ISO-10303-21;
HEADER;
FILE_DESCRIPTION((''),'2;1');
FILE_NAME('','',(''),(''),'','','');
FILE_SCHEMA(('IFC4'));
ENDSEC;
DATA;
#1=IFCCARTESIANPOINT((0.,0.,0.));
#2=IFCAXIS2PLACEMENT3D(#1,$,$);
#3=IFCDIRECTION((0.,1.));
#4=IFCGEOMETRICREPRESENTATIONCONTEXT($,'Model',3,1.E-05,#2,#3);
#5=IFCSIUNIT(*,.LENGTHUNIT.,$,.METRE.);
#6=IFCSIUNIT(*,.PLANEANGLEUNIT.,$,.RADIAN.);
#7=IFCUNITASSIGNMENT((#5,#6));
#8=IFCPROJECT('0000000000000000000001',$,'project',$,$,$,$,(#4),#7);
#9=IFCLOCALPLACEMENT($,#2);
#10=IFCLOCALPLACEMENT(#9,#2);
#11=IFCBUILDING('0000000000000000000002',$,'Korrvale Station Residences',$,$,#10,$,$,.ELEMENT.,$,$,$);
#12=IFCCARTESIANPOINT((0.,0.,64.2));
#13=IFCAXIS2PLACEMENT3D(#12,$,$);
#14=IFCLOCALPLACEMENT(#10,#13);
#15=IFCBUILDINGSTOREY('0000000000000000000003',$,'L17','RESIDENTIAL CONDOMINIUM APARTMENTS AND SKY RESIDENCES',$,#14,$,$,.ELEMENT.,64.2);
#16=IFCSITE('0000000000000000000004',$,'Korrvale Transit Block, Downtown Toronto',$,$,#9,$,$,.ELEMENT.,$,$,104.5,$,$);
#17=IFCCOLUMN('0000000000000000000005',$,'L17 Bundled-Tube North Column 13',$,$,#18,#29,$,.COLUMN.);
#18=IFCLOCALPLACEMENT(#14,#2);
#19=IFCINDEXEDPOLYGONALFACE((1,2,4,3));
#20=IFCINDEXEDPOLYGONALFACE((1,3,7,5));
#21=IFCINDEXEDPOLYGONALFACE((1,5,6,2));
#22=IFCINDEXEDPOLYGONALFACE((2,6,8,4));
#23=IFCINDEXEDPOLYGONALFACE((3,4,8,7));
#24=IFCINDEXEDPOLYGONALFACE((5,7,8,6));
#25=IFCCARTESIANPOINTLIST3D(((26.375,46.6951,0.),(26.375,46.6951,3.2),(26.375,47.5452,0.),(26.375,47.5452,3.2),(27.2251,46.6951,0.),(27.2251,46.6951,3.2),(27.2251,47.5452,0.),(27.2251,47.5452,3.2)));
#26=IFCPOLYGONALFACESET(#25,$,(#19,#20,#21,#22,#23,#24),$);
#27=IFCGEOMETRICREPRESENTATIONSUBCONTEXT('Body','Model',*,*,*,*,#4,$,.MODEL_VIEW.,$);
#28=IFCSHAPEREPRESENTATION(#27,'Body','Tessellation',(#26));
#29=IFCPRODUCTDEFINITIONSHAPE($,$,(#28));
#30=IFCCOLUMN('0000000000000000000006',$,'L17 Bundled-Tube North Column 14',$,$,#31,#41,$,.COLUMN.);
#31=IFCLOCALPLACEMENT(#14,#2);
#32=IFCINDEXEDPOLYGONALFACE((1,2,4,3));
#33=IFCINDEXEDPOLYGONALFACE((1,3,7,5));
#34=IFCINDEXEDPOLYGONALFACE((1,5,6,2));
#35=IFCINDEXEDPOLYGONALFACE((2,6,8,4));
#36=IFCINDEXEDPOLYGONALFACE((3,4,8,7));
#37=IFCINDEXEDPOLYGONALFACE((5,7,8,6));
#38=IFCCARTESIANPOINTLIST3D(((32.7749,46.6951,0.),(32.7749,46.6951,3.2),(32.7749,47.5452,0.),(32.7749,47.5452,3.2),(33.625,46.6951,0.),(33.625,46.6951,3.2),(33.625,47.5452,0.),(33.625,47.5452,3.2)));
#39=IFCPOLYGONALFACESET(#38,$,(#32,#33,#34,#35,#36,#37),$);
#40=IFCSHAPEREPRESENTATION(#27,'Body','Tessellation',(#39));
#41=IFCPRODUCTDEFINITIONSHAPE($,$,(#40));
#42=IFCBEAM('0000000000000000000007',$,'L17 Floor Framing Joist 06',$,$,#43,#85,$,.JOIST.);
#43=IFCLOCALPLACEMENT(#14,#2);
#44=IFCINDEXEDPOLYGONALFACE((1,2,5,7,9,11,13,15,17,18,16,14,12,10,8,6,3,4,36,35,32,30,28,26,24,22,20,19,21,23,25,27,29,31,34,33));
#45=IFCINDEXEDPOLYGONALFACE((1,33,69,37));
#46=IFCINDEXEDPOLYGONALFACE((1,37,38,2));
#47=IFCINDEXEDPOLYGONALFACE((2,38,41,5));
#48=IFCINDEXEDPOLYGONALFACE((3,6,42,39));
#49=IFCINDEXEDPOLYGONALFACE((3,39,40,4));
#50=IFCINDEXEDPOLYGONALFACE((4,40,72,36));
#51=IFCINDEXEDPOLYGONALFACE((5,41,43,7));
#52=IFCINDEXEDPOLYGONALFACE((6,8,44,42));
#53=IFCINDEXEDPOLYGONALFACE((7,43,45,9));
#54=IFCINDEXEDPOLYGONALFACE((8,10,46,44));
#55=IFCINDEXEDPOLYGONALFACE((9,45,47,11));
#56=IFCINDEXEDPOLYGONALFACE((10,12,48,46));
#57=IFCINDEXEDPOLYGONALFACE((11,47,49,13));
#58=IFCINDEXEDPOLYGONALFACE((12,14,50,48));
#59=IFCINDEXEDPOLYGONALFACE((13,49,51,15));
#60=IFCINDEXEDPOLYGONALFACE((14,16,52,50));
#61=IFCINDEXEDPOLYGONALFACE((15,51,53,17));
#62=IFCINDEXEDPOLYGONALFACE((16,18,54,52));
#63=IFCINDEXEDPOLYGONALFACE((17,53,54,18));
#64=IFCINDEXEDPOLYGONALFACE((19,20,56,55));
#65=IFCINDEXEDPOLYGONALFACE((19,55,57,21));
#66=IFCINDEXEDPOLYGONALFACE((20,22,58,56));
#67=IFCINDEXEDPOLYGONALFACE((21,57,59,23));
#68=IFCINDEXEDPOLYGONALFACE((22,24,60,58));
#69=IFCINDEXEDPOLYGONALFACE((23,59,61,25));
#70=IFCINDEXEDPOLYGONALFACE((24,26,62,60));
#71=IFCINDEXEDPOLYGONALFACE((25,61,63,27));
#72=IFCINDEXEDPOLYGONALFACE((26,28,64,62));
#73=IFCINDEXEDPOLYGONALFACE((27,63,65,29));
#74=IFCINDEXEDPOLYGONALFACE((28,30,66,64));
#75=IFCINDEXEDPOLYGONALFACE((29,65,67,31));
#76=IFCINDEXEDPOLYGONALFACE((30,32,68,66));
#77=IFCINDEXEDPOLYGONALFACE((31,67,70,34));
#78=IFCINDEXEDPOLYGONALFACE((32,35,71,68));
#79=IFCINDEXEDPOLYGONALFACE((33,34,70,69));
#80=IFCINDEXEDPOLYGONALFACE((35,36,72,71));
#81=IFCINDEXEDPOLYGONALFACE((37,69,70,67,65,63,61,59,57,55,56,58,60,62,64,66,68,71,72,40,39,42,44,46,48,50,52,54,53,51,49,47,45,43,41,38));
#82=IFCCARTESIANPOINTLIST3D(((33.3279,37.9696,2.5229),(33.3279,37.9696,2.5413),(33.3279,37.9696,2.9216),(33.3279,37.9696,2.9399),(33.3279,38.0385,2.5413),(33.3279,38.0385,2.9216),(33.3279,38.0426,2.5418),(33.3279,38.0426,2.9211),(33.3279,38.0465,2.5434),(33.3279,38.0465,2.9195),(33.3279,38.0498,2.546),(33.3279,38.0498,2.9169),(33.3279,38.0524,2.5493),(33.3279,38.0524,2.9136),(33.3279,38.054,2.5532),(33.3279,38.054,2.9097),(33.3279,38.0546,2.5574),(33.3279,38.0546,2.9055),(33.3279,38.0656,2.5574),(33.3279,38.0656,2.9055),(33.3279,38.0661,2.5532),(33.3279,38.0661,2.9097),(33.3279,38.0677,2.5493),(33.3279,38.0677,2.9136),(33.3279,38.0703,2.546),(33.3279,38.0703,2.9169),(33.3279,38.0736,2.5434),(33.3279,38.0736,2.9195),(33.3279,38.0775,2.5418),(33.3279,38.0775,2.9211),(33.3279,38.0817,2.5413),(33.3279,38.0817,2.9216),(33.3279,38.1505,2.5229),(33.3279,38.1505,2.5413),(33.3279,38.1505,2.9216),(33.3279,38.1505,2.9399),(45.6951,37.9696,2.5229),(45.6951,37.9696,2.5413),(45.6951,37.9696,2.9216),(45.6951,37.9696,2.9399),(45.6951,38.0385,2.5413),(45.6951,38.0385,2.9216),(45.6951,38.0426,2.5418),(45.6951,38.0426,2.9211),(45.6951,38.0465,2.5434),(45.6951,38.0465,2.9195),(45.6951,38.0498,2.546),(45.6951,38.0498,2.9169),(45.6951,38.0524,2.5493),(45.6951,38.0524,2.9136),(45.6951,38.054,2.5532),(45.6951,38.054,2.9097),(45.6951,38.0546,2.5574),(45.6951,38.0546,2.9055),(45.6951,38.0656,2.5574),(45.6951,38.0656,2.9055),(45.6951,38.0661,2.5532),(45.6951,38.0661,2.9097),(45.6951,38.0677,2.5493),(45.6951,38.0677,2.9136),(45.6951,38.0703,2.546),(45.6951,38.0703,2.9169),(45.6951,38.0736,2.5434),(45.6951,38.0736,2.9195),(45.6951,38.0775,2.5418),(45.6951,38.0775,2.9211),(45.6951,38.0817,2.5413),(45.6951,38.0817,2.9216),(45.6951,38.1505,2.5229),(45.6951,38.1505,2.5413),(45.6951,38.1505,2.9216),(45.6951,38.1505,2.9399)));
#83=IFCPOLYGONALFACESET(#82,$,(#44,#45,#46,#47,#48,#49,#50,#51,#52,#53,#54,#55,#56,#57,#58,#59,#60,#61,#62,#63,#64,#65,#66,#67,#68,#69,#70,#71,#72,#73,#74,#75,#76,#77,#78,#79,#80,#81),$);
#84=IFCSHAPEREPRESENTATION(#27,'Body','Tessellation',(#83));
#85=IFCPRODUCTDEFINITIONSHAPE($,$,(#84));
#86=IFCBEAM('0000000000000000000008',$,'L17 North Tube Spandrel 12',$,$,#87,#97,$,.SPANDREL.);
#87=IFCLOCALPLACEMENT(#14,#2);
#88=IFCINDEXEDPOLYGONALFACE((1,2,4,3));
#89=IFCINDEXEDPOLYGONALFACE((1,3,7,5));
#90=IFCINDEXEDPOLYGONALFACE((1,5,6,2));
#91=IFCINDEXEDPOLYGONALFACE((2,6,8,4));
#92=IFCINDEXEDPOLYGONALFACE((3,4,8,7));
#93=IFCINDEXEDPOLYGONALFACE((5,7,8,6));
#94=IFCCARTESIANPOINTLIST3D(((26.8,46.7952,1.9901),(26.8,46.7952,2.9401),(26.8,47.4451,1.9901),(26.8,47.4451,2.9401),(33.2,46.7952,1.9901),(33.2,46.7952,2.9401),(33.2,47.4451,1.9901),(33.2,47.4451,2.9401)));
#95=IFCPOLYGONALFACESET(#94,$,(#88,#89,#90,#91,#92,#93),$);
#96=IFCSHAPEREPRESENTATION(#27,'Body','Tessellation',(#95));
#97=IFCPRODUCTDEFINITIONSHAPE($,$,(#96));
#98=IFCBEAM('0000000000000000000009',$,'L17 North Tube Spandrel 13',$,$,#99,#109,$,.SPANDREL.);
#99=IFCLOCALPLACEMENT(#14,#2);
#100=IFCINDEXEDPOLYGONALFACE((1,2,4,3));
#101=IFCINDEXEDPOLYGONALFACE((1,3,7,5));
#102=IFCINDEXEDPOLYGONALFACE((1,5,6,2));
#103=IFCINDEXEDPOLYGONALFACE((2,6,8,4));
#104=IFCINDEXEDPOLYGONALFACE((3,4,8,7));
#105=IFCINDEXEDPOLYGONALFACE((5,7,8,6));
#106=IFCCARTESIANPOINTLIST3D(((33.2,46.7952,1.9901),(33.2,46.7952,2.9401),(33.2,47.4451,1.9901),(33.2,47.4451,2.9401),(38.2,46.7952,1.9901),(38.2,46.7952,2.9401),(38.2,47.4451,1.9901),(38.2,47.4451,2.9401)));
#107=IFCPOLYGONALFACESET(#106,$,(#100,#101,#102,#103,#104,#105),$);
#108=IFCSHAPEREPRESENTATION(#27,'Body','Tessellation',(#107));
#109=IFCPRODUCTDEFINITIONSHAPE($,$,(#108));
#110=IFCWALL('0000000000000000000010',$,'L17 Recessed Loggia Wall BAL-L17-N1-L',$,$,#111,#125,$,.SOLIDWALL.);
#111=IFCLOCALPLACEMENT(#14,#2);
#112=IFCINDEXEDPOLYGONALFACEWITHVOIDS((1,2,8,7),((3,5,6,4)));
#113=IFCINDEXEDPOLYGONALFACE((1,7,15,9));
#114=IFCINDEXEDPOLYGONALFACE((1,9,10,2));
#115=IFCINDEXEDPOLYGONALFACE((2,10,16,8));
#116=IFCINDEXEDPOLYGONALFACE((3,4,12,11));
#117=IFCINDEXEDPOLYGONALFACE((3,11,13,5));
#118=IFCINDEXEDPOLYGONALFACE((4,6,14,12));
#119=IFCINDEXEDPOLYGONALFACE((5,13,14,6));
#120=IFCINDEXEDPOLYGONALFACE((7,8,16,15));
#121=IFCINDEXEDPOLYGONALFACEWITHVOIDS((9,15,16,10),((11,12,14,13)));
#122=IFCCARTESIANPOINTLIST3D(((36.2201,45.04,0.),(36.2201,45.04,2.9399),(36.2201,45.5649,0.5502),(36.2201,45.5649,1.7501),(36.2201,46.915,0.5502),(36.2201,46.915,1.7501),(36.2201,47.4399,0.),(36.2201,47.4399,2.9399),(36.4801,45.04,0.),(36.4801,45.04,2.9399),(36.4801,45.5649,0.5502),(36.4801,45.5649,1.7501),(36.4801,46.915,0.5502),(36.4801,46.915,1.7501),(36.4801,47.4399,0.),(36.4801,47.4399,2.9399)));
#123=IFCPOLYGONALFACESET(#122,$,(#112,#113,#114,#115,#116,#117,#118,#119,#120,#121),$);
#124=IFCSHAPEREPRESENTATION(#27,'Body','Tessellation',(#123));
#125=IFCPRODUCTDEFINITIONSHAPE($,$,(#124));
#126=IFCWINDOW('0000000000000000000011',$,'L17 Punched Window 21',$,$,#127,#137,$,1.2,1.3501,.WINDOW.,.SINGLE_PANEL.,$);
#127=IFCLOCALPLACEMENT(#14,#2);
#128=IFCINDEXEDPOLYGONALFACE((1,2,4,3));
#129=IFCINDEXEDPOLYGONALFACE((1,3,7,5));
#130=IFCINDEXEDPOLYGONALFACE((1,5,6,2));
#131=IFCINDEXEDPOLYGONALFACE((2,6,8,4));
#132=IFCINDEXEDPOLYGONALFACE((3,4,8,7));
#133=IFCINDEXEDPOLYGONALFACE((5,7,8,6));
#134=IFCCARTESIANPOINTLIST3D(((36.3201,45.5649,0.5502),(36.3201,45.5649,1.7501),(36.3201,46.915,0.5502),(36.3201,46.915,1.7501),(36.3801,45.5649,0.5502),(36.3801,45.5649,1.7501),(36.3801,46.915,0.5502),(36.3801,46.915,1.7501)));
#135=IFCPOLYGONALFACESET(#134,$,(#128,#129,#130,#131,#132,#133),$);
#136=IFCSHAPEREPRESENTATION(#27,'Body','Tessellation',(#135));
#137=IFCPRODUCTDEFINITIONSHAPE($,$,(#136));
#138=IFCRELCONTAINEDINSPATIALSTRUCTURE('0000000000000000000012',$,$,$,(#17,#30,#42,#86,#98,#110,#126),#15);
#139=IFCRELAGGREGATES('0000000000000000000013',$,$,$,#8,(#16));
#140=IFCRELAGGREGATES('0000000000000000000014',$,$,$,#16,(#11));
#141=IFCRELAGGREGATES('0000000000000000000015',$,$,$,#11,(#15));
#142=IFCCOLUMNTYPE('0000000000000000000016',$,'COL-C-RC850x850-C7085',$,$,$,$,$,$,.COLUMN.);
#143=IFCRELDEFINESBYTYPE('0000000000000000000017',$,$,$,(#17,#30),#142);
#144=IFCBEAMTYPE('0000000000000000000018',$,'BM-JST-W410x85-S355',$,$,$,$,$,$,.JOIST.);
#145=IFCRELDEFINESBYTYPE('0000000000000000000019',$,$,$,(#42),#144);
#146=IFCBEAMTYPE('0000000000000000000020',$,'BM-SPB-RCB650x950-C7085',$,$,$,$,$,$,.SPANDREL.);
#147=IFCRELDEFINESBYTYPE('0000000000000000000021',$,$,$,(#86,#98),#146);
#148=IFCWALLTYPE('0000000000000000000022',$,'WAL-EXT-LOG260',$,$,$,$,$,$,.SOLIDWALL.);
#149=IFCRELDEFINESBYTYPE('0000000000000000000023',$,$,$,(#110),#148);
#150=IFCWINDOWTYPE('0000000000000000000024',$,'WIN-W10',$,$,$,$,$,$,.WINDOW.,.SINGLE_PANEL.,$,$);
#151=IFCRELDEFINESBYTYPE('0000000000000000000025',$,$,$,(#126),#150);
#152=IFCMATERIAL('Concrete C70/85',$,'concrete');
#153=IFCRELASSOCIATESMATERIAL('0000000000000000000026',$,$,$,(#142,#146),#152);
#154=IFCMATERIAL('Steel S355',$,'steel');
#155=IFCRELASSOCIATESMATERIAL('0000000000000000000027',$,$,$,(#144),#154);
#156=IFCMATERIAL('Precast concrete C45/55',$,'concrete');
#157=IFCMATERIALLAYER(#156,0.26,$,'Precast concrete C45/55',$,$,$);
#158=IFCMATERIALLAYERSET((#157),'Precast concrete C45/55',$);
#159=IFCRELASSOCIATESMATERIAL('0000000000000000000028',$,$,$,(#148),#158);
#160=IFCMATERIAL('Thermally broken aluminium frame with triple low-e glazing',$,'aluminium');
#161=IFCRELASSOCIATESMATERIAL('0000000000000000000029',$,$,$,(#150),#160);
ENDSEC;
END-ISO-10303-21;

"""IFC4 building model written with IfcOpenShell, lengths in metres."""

from ifc_helpers import new_model, si_unit, direction, frame, frame_2d, origin, origin_2d, place, context, subcontext, project, spatial, rectangle, i_section, extrude, material, layer, layer_set, material_profile, profile_set, type_object, element, fill, save


model = new_model("IFC4")

# Units and contexts
model_context = context("Model", 3, precision=1e-05, world=origin(), true_north=direction((0.0, 1.0)))
body_context = subcontext(model_context, "Body", "Model", "MODEL_VIEW")
ifc_project = project(units=[si_unit("LENGTHUNIT", "METRE"), si_unit("PLANEANGLEUNIT", "RADIAN")], contexts=[model_context])

# Site, building, storey
site_placement = place(None, origin())
site = spatial("IfcSite", under=ifc_project, at=site_placement, Name="Korrvale Transit Block, Downtown Toronto", CompositionType="ELEMENT", RefElevation=104.5)
building_placement = place(site_placement, origin())
building = spatial("IfcBuilding", under=site, at=building_placement, Name="Korrvale Station Residences", CompositionType="ELEMENT")
storey_placement = place(building_placement, frame((0.0, 0.0, 64.2)))
storey = spatial("IfcBuildingStorey", under=building, at=storey_placement, Name="L17", Description="RESIDENTIAL CONDOMINIUM APARTMENTS AND SKY RESIDENCES", CompositionType="ELEMENT", Elevation=64.2)

# Columns
ifc_material_1 = material(Name="Concrete C70/85", Category="concrete")
ifc_material_profile_1 = material_profile(ifc_material_1, rectangle(XDim=0.8501, YDim=0.8501, at=origin_2d()), Name="RC850x850")
ifc_profile_set_1 = profile_set([ifc_material_profile_1], Name="Concrete C70/85")
column_type = type_object("IfcColumnType", Name="COL-C-RC850x850-C7085", PredefinedType="COLUMN", material=ifc_profile_set_1)
for number, where, z_axis, x_axis, name in (
    (1, (26.8, 47.1201, 0.0), (0.0, 0.0, 1.0), (1.0, 0.0, 0.0), "L17 Bundled-Tube North Column 13"),
    (2, (33.2, 47.1201, 0.0), (0.0, 0.0, 1.0), (1.0, 0.0, 0.0), "L17 Bundled-Tube North Column 14"),
):
    element("IfcColumn", number, at=place(storey_placement, frame(where, z_axis=z_axis, x_axis=x_axis)), inside=storey, type_object=column_type, Name=name, PredefinedType="COLUMN", context=body_context, shape_type="SweptSolid", body=[
        extrude(rectangle(XDim=0.8501, YDim=0.8501, at=origin_2d()), origin(), (0.0, 0.0, 1.0), 3.2),
    ])

# Beams
ifc_material_2 = material(Name="Steel S355", Category="steel")
ifc_material_profile_2 = material_profile(ifc_material_2, i_section(OverallWidth=0.1809, OverallDepth=0.417, WebThickness=0.011, FlangeThickness=0.0183, FilletRadius=0.0161, at=origin_2d()), Name="W410x85")
ifc_profile_set_2 = profile_set([ifc_material_profile_2], Name="Steel S355")
beam_type_1 = type_object("IfcBeamType", Name="BM-JST-W410x85-S355", PredefinedType="JOIST", material=ifc_profile_set_2)
beam_1_placement = place(storey_placement, frame((33.3279, 38.0601, 2.7314), z_axis=(1.0, 0.0, 0.0), x_axis=(0.0, 1.0, 0.0)))
element("IfcBeam", 3, at=beam_1_placement, inside=storey, type_object=beam_type_1, Name="L17 Floor Framing Joist 06", PredefinedType="JOIST", context=body_context, shape_type="SweptSolid", body=[
    extrude(i_section(OverallWidth=0.1809, OverallDepth=0.417, WebThickness=0.011, FlangeThickness=0.0183, FilletRadius=0.0161, at=origin_2d()), origin(), (0.0, 0.0, 1.0), 12.3672),
])
ifc_material_profile_3 = material_profile(ifc_material_1, rectangle(XDim=0.6499, YDim=0.95, at=origin_2d()), Name="RCB650x950")
ifc_profile_set_3 = profile_set([ifc_material_profile_3], Name="Concrete C70/85")
beam_type_2 = type_object("IfcBeamType", Name="BM-SPB-RCB650x950-C7085", PredefinedType="SPANDREL", material=ifc_profile_set_3)
beam_2_placement = place(storey_placement, frame((26.8, 47.1201, 2.4651), z_axis=(1.0, 0.0, 0.0), x_axis=(0.0, 1.0, 0.0)))
element("IfcBeam", 4, at=beam_2_placement, inside=storey, type_object=beam_type_2, Name="L17 North Tube Spandrel 12", PredefinedType="SPANDREL", context=body_context, shape_type="SweptSolid", body=[
    extrude(rectangle(XDim=0.6499, YDim=0.95, at=origin_2d()), origin(), (0.0, 0.0, 1.0), 6.3999),
])
beam_3_placement = place(storey_placement, frame((33.2, 47.1201, 2.4651), z_axis=(1.0, 0.0, 0.0), x_axis=(0.0, 1.0, 0.0)))
element("IfcBeam", 5, at=beam_3_placement, inside=storey, type_object=beam_type_2, Name="L17 North Tube Spandrel 13", PredefinedType="SPANDREL", context=body_context, shape_type="SweptSolid", body=[
    extrude(rectangle(XDim=0.6499, YDim=0.95, at=origin_2d()), origin(), (0.0, 0.0, 1.0), 5.0),
])

# Wall, opening, window
ifc_material_3 = material(Name="Precast concrete C45/55", Category="concrete")
ifc_layer_1 = layer(ifc_material_3, 0.26, Name="Precast concrete C45/55")
ifc_layer_set_1 = layer_set([ifc_layer_1], Name="Precast concrete C45/55")
wall_type = type_object("IfcWallType", Name="WAL-EXT-LOG260", PredefinedType="SOLIDWALL", material=ifc_layer_set_1)
wall_1_placement = place(storey_placement, frame((36.3501, 47.4399, 0.0), z_axis=(0.0, 0.0, 1.0), x_axis=(0.0, -1.0, 0.0)))
wall_1 = element("IfcWall", 6, at=wall_1_placement, inside=storey, type_object=wall_type, Name="L17 Recessed Loggia Wall BAL-L17-N1-L", PredefinedType="SOLIDWALL", context=body_context, shape_type="SweptSolid", body=[
    extrude(rectangle(XDim=2.3999, YDim=0.26, at=frame_2d((1.2, 0.0))), origin(), (0.0, 0.0, 1.0), 2.9399),
])
opening_1_placement = place(wall_1_placement, frame((0.5249, 0.0, 0.55)))
opening_1 = element("IfcOpeningElement", 7, at=opening_1_placement, cuts=wall_1, PredefinedType="OPENING", context=body_context, shape_type="SweptSolid", body=[
    extrude(rectangle(XDim=1.3501, YDim=1.2, at=frame_2d((0.675, 0.6001))), frame((0.0, 0.1401, 0.0), z_axis=(0.0, -1.0, 0.0), x_axis=(1.0, 0.0, 0.0)), (0.0, 0.0, 1.0), 0.28),
])
ifc_material_4 = material(Name="Thermally broken aluminium frame with triple low-e glazing", Category="aluminium")
window_type_1 = type_object("IfcWindowType", Name="WIN-W10", PartitioningType="SINGLE_PANEL", PredefinedType="WINDOW", material=ifc_material_4)
window_1_placement = place(opening_1_placement, origin())
window_1 = element("IfcWindow", 8, at=window_1_placement, inside=storey, type_object=window_type_1, Name="L17 Punched Window 21", OverallHeight=1.2, OverallWidth=1.3501, PartitioningType="SINGLE_PANEL", PredefinedType="WINDOW", context=body_context, shape_type="SweptSolid", body=[
    extrude(rectangle(XDim=1.3501, YDim=1.2, at=frame_2d((0.675, 0.6001))), frame((0.0, 0.03, 0.0), z_axis=(0.0, -1.0, 0.0), x_axis=(1.0, 0.0, 0.0)), (0.0, 0.0, 1.0), 0.0601),
])
fill(opening_1, window_1)

save(model, "model.ifc")
